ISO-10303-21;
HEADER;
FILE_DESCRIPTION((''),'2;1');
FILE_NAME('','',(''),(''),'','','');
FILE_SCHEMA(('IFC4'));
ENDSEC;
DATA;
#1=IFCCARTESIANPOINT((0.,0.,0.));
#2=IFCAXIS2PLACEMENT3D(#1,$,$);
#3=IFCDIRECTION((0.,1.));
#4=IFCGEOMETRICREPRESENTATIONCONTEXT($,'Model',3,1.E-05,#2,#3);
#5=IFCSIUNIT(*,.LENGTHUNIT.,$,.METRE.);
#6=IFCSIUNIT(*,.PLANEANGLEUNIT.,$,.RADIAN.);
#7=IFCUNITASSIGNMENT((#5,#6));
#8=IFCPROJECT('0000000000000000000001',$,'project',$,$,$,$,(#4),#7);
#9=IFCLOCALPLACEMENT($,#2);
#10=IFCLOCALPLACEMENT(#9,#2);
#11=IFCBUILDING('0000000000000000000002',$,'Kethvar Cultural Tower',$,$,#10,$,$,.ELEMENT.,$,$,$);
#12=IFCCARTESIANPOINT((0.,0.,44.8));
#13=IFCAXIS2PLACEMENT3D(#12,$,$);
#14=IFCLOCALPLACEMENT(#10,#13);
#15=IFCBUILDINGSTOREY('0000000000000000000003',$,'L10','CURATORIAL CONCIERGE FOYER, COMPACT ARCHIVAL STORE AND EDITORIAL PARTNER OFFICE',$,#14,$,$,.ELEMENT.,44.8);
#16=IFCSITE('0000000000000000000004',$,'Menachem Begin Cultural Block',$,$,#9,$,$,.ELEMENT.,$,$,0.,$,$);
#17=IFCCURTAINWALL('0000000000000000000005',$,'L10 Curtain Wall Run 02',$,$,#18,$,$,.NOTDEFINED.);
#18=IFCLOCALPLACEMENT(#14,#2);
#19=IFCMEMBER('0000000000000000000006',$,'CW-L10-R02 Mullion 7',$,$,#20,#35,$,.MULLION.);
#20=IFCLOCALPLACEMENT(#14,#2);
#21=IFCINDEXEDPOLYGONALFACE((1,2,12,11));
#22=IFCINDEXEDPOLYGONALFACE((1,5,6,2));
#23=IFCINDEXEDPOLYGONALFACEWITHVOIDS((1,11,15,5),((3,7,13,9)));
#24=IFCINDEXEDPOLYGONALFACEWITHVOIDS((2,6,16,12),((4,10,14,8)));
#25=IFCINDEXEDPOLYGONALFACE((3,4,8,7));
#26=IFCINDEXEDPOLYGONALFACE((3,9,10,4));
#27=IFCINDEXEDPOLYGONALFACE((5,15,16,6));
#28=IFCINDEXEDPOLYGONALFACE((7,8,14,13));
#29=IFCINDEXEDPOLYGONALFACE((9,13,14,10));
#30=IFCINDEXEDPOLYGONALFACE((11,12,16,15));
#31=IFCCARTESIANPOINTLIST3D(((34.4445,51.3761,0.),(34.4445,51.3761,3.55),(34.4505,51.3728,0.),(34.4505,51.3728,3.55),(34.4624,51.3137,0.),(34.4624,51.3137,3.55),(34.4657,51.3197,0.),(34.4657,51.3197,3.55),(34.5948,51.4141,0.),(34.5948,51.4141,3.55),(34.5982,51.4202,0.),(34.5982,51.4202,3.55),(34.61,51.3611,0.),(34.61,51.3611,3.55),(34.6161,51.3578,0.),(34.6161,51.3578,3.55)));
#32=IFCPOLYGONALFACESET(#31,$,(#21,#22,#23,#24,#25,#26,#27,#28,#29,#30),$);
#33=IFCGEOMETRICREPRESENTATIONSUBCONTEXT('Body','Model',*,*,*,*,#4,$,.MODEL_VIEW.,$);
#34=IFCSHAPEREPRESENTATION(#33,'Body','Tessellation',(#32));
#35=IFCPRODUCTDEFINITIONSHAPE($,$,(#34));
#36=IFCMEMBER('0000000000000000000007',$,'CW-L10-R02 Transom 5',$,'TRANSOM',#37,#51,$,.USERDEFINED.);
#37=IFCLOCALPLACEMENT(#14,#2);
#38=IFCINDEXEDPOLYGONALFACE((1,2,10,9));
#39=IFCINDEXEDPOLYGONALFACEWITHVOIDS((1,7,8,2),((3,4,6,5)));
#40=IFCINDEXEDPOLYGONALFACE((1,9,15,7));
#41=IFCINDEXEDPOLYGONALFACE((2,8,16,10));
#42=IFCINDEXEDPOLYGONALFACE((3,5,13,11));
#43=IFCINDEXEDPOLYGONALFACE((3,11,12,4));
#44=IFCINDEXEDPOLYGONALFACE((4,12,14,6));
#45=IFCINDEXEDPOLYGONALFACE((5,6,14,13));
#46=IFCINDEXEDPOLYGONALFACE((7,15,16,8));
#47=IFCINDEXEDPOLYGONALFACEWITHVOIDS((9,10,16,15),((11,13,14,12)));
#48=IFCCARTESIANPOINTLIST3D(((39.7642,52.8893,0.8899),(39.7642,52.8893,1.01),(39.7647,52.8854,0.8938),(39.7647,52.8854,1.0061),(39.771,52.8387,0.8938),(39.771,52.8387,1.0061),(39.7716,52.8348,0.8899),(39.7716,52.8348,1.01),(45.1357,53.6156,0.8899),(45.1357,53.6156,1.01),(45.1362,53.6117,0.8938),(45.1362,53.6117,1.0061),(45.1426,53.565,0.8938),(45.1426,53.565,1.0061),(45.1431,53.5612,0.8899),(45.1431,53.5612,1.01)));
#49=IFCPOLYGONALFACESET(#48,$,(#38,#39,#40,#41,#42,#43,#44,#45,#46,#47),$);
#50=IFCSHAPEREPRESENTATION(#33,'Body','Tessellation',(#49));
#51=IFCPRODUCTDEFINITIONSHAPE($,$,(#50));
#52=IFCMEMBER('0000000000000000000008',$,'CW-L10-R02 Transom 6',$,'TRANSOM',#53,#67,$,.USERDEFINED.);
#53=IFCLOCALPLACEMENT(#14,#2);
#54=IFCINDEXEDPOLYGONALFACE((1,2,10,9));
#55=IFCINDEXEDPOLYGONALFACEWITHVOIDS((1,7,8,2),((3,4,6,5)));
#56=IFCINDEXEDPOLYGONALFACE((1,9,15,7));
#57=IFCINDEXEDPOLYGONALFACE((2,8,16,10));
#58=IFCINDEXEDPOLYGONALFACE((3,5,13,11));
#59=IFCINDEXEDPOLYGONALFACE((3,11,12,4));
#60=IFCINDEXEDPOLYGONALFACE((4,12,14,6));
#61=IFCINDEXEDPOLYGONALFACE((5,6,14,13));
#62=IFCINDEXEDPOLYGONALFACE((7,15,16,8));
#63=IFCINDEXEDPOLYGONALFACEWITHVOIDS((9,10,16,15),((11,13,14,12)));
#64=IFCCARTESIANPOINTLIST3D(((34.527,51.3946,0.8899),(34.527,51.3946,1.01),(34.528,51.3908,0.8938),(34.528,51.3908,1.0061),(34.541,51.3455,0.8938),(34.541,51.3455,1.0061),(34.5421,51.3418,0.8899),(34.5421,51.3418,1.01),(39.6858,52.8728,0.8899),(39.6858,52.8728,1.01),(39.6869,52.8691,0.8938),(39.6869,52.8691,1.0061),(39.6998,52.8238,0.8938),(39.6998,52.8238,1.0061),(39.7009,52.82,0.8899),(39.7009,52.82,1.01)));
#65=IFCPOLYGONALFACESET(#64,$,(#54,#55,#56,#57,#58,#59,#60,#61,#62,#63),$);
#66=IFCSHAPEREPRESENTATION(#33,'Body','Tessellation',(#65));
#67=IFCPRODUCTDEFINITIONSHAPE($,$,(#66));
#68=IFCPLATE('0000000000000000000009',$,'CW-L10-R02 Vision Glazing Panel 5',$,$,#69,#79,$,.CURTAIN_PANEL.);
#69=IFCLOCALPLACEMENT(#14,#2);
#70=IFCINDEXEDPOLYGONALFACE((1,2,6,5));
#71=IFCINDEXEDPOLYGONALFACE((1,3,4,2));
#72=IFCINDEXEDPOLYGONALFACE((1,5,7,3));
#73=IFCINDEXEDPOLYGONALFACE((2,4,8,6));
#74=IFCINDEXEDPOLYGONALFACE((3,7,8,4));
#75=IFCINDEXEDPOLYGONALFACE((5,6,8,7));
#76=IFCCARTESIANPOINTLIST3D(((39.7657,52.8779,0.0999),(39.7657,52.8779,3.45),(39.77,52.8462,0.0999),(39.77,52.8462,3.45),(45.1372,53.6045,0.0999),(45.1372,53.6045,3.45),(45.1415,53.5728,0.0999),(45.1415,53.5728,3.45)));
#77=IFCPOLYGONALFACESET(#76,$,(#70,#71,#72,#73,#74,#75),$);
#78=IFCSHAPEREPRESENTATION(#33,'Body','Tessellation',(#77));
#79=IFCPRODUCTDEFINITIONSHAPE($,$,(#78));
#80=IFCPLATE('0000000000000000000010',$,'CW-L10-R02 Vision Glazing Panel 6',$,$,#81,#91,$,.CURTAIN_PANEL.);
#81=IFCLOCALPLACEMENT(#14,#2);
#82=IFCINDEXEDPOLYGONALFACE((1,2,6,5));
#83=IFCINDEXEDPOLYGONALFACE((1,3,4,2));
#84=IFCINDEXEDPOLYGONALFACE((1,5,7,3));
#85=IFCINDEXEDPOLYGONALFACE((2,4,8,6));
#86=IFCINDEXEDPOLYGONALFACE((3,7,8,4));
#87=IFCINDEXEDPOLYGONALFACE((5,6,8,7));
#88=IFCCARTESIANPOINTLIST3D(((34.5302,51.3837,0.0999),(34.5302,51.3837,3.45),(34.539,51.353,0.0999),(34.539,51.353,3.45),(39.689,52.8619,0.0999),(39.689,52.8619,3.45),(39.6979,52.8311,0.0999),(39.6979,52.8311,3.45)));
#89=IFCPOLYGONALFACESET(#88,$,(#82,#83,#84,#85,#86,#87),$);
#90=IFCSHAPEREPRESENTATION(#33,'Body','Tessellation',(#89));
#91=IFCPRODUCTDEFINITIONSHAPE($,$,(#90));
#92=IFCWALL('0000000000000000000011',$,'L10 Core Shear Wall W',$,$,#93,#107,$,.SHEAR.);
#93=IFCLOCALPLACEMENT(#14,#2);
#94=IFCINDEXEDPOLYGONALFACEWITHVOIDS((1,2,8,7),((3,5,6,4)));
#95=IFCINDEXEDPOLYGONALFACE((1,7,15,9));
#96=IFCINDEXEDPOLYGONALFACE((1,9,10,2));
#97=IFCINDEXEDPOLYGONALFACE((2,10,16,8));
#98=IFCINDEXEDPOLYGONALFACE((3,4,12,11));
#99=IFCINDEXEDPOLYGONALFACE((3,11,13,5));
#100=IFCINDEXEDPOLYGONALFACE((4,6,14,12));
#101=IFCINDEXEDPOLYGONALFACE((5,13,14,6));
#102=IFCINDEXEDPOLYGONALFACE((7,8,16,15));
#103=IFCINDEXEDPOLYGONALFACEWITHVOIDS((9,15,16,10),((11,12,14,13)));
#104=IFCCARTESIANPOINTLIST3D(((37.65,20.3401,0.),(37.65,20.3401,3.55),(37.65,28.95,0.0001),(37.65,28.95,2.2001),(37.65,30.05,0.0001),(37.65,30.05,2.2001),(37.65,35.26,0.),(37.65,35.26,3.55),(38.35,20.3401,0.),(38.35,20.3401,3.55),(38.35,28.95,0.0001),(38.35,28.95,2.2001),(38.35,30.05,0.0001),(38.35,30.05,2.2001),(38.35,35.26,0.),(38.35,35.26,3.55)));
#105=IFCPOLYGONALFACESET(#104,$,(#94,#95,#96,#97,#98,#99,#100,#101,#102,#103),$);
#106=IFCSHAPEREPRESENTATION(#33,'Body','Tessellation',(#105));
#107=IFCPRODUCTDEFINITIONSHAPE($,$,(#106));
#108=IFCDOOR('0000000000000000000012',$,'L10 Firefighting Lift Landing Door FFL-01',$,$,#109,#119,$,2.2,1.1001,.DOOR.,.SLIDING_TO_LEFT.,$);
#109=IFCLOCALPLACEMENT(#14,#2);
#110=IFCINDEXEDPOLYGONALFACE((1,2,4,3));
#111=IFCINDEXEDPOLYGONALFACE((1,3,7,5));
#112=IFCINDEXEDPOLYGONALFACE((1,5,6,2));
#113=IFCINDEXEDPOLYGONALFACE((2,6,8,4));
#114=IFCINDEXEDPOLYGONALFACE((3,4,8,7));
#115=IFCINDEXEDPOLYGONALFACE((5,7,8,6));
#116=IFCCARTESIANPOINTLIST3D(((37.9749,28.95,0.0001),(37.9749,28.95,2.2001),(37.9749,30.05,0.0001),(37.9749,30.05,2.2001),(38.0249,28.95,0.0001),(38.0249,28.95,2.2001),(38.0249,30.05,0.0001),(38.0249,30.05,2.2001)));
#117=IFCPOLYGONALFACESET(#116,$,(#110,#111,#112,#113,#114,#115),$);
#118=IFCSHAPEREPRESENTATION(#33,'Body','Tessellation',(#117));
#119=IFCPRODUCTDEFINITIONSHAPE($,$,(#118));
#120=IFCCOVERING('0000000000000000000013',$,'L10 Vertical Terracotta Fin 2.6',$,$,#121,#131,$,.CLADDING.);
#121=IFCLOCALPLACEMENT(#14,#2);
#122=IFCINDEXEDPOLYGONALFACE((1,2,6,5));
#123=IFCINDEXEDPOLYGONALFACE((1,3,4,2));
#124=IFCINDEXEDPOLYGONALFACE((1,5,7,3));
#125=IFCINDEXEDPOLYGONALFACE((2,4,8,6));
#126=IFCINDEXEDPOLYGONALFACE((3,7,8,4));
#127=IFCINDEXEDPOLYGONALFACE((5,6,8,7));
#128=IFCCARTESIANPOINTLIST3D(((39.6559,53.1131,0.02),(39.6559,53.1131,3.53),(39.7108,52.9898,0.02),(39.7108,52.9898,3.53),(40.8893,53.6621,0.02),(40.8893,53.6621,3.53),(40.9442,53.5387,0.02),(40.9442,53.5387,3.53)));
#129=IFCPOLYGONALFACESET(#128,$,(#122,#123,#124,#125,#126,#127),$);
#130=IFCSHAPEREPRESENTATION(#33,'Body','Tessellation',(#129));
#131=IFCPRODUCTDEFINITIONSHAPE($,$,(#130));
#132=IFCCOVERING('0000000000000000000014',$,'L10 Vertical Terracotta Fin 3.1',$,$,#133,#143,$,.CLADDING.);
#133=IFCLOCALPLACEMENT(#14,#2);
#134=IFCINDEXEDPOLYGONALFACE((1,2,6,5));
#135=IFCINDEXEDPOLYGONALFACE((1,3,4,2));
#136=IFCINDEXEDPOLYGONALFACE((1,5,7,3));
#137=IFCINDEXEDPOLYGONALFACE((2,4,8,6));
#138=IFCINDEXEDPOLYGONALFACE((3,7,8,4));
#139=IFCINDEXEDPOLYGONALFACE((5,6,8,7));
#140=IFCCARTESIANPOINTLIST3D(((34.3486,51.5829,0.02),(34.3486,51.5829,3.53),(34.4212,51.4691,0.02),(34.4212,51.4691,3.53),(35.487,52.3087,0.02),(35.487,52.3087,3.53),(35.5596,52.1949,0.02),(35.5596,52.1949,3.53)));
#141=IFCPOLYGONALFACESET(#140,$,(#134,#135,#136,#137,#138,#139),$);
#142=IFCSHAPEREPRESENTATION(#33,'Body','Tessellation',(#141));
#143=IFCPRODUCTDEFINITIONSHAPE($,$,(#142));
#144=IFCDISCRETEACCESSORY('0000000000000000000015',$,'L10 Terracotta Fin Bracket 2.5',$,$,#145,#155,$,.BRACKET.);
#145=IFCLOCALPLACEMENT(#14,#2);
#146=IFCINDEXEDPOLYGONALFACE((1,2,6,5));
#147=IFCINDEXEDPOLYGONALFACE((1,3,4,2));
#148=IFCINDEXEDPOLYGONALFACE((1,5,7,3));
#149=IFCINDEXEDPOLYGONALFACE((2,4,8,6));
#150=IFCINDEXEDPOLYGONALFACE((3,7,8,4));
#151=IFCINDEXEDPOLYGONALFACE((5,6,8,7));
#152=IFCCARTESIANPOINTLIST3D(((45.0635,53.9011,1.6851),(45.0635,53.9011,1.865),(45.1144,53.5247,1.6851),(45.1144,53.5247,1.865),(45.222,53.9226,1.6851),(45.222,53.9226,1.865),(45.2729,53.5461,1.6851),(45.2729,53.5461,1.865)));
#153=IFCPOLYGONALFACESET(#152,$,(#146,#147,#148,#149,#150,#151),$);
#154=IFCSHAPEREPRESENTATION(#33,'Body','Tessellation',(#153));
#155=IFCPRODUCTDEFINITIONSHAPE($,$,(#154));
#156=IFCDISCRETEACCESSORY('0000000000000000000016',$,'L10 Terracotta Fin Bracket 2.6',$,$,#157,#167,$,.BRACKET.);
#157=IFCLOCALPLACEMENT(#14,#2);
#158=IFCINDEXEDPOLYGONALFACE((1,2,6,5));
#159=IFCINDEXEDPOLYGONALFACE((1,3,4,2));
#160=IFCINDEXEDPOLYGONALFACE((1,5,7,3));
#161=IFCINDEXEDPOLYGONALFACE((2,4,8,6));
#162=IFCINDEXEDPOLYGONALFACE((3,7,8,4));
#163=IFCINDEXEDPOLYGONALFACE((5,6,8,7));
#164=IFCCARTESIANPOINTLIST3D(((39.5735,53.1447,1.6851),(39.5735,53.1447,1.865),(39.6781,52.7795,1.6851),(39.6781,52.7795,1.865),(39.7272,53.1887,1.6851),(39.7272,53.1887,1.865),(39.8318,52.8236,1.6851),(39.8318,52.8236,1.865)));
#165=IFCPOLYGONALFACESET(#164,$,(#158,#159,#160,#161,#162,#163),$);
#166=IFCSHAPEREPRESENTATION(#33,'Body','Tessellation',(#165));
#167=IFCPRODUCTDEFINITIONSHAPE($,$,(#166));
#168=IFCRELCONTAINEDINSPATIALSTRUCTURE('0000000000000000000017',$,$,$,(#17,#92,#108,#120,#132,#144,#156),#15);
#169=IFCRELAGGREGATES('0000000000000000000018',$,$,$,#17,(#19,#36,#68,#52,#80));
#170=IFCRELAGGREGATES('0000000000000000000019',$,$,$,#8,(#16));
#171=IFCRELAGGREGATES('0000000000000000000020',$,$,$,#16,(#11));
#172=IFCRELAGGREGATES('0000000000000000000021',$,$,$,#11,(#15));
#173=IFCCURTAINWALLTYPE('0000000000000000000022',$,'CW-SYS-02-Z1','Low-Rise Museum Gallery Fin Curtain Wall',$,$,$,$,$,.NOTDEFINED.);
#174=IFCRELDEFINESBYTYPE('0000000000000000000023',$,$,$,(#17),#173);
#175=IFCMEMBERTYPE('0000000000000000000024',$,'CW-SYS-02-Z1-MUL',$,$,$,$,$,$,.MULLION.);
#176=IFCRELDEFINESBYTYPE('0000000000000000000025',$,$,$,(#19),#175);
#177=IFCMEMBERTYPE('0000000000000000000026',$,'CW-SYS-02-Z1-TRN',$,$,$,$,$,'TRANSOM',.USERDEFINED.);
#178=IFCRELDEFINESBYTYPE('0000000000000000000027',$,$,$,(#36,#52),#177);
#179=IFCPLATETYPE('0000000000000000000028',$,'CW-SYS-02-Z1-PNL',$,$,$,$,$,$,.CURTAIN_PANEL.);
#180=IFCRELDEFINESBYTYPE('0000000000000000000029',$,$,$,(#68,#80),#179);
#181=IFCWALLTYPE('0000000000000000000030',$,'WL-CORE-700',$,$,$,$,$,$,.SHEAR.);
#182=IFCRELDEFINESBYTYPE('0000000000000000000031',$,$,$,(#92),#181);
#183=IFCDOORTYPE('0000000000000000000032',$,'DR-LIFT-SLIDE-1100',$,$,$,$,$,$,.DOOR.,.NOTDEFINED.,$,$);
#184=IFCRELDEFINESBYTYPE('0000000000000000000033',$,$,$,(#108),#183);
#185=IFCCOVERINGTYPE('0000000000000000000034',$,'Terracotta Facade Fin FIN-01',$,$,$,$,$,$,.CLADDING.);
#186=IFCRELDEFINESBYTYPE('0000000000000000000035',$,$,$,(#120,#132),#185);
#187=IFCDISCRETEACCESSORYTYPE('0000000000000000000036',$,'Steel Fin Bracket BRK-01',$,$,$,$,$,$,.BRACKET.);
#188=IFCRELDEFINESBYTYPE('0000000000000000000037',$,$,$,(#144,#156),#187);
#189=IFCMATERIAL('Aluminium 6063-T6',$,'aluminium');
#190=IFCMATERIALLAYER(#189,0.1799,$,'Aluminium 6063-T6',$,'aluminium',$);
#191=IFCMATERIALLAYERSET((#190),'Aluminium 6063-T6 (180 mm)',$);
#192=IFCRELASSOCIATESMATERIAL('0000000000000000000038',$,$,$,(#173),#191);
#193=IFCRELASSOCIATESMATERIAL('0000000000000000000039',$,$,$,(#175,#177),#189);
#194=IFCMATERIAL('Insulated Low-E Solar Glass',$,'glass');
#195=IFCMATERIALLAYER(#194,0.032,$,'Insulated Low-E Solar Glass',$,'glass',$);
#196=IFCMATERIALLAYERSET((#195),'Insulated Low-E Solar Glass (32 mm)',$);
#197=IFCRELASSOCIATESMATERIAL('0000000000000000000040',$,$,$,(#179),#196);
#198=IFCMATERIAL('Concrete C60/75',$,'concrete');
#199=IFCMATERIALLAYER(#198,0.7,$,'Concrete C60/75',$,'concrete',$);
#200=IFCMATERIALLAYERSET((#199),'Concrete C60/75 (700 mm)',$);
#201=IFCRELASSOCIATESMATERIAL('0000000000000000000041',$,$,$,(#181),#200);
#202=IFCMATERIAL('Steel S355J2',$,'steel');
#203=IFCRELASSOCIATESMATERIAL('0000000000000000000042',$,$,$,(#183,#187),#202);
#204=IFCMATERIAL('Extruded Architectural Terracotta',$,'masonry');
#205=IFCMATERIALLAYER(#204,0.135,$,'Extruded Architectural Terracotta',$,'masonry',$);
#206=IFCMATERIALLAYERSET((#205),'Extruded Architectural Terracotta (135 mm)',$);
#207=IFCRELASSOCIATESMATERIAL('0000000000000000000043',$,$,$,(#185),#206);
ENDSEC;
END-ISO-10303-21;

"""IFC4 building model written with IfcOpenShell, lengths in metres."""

from ifc_helpers import new_model, si_unit, direction, frame, frame_2d, origin, origin_2d, place, context, subcontext, project, spatial, rectangle, hollow_rectangle, extrude, source, transform, mapped, material, layer, layer_set, material_profile, profile_set, type_object, element, fill, aggregate, save


model = new_model("IFC4")

# Units and contexts
model_context = context("Model", 3, precision=1e-05, world=origin(), true_north=direction((0.0, 1.0)))
body_context = subcontext(model_context, "Body", "Model", "MODEL_VIEW")
ifc_project = project(units=[si_unit("LENGTHUNIT", "METRE"), si_unit("PLANEANGLEUNIT", "RADIAN")], contexts=[model_context])

# Site, building, storey
site_placement = place(None, origin())
site = spatial("IfcSite", under=ifc_project, at=site_placement, Name="Menachem Begin Cultural Block", CompositionType="ELEMENT", RefElevation=0.0)
building_placement = place(site_placement, origin())
building = spatial("IfcBuilding", under=site, at=building_placement, Name="Kethvar Cultural Tower", CompositionType="ELEMENT")
storey_placement = place(building_placement, frame((0.0, 0.0, 44.8)))
storey = spatial("IfcBuildingStorey", under=building, at=storey_placement, Name="L10", Description="CURATORIAL CONCIERGE FOYER, COMPACT ARCHIVAL STORE AND EDITORIAL PARTNER OFFICE", CompositionType="ELEMENT", Elevation=44.8)

# Shared definitions
ifc_material_1 = material(Name="Steel S355J2", Category="steel")

# Curtain wall, members, plates
ifc_material_2 = material(Name="Aluminium 6063-T6", Category="aluminium")
ifc_layer_1 = layer(ifc_material_2, 0.1799, Name="Aluminium 6063-T6", Category="aluminium")
ifc_layer_set_1 = layer_set([ifc_layer_1], Name="Aluminium 6063-T6 (180 mm)")
curtain_wall_type = type_object("IfcCurtainWallType", Name="CW-SYS-02-Z1", Description="Low-Rise Museum Gallery Fin Curtain Wall", PredefinedType="NOTDEFINED", material=ifc_layer_set_1)
curtain_wall_placement = place(storey_placement, origin())
curtain_wall = element("IfcCurtainWall", 1, at=curtain_wall_placement, inside=storey, type_object=curtain_wall_type, Name="L10 Curtain Wall Run 02", PredefinedType="NOTDEFINED")
ifc_material_profile_1 = material_profile(ifc_material_2, hollow_rectangle(XDim=0.0649, YDim=0.1599, WallThickness=0.0049, at=origin_2d()), Name="Aluminium 6063-T6 — RHS160x65x5")
ifc_profile_set_1 = profile_set([ifc_material_profile_1], Name="Aluminium 6063-T6 — RHS160x65x5")
member_type_1 = type_object("IfcMemberType", Name="CW-SYS-02-Z1-MUL", PredefinedType="MULLION", material=ifc_profile_set_1)
shared_shape_1 = source(origin(), body_context, "Body", "SweptSolid", [
    extrude(hollow_rectangle(XDim=0.0649, YDim=0.1599, WallThickness=0.0049, at=origin_2d()), origin(), (0.0, 0.0, 1.0), 3.55),
])
member_1_placement = place(storey_placement, frame((34.5303, 51.3669, 0.0), z_axis=(0.0, 0.0, 1.0), x_axis=(0.275436, -0.961319, 0.0)))
member_1 = element("IfcMember", 2, at=member_1_placement, type_object=member_type_1, Name="CW-L10-R02 Mullion 7", PredefinedType="MULLION", context=body_context, shape_type="MappedRepresentation", body=[
    mapped(shared_shape_1, transform((0.0, 0.0, 0.0), scale=1.0)),
])
ifc_material_profile_2 = material_profile(ifc_material_2, hollow_rectangle(XDim=0.0549, YDim=0.1201, WallThickness=0.0039, at=origin_2d()), Name="Aluminium 6063-T6 — RHS120x55x4")
ifc_profile_set_2 = profile_set([ifc_material_profile_2], Name="Aluminium 6063-T6 — RHS120x55x4")
member_type_2 = type_object("IfcMemberType", Name="CW-SYS-02-Z1-TRN", ElementType="TRANSOM", PredefinedType="USERDEFINED", material=ifc_profile_set_2)
shared_shape_2 = source(origin(), body_context, "Body", "SweptSolid", [
    extrude(hollow_rectangle(XDim=0.0549, YDim=0.1201, WallThickness=0.0039, at=origin_2d()), origin(), (0.0, 0.0, 1.0), 5.4204),
])
member_2_placement = place(storey_placement, frame((45.1394, 53.5884, 0.95), z_axis=(-0.990982, -0.133996, 0.0), x_axis=(0.133996, -0.990982, 0.0)))
member_2 = element("IfcMember", 3, at=member_2_placement, type_object=member_type_2, Name="CW-L10-R02 Transom 5", ObjectType="TRANSOM", PredefinedType="USERDEFINED", context=body_context, shape_type="MappedRepresentation", body=[
    mapped(shared_shape_2, transform((0.0, 0.0, 0.0), scale=1.0)),
])
shared_shape_3 = source(origin(), body_context, "Body", "SweptSolid", [
    extrude(hollow_rectangle(XDim=0.0549, YDim=0.1201, WallThickness=0.0039, at=origin_2d()), origin(), (0.0, 0.0, 1.0), 5.3665),
])
member_3_placement = place(storey_placement, frame((39.6934, 52.8464, 0.95), z_axis=(-0.961313, -0.27546, 0.0), x_axis=(0.27546, -0.961313, 0.0)))
member_3 = element("IfcMember", 4, at=member_3_placement, type_object=member_type_2, Name="CW-L10-R02 Transom 6", ObjectType="TRANSOM", PredefinedType="USERDEFINED", context=body_context, shape_type="MappedRepresentation", body=[
    mapped(shared_shape_3, transform((0.0, 0.0, 0.0), scale=1.0)),
])
ifc_material_3 = material(Name="Insulated Low-E Solar Glass", Category="glass")
ifc_layer_2 = layer(ifc_material_3, 0.032, Name="Insulated Low-E Solar Glass", Category="glass")
ifc_layer_set_2 = layer_set([ifc_layer_2], Name="Insulated Low-E Solar Glass (32 mm)")
plate_type = type_object("IfcPlateType", Name="CW-SYS-02-Z1-PNL", PredefinedType="CURTAIN_PANEL", material=ifc_layer_set_2)
shared_shape_4 = source(origin(), body_context, "Body", "SweptSolid", [
    extrude(rectangle(XDim=5.4204, YDim=0.032, at=origin_2d()), origin(), (0.0, 0.0, 1.0), 3.3501),
])
plate_1_placement = place(storey_placement, frame((42.4536, 53.2253, 0.0999), z_axis=(0.0, 0.0, 1.0), x_axis=(-0.990976, -0.134038, 0.0)))
plate_1 = element("IfcPlate", 5, at=plate_1_placement, type_object=plate_type, Name="CW-L10-R02 Vision Glazing Panel 5", PredefinedType="CURTAIN_PANEL", context=body_context, shape_type="MappedRepresentation", body=[
    mapped(shared_shape_4, transform((0.0, 0.0, 0.0), scale=1.0)),
])
shared_shape_5 = source(origin(), body_context, "Body", "SweptSolid", [
    extrude(rectangle(XDim=5.3665, YDim=0.032, at=origin_2d()), origin(), (0.0, 0.0, 1.0), 3.3501),
])
plate_2_placement = place(storey_placement, frame((37.114, 52.1074, 0.0999), z_axis=(0.0, 0.0, 1.0), x_axis=(-0.961319, -0.275436, 0.0)))
plate_2 = element("IfcPlate", 6, at=plate_2_placement, type_object=plate_type, Name="CW-L10-R02 Vision Glazing Panel 6", PredefinedType="CURTAIN_PANEL", context=body_context, shape_type="MappedRepresentation", body=[
    mapped(shared_shape_5, transform((0.0, 0.0, 0.0), scale=1.0)),
])
aggregate(curtain_wall, [member_1, member_2, plate_1, member_3, plate_2])

# Wall, opening, door
ifc_material_4 = material(Name="Concrete C60/75", Category="concrete")
ifc_layer_3 = layer(ifc_material_4, 0.7, Name="Concrete C60/75", Category="concrete")
ifc_layer_set_3 = layer_set([ifc_layer_3], Name="Concrete C60/75 (700 mm)")
wall_type = type_object("IfcWallType", Name="WL-CORE-700", PredefinedType="SHEAR", material=ifc_layer_set_3)
wall_placement = place(storey_placement, frame((38.0, 35.26, 0.0), z_axis=(0.0, 0.0, 1.0), x_axis=(0.0, -1.0, 0.0)))
wall = element("IfcWall", 7, at=wall_placement, inside=storey, type_object=wall_type, Name="L10 Core Shear Wall W", PredefinedType="SHEAR", context=body_context, shape_type="SweptSolid", body=[
    extrude(rectangle(XDim=14.9199, YDim=0.7, at=frame_2d((7.46, 0.0))), origin(), (0.0, 0.0, 1.0), 3.55),
])
opening_placement = place(wall_placement, frame((5.21, 0.0, 0.0)))
opening = element("IfcOpeningElement", 8, at=opening_placement, cuts=wall, PredefinedType="OPENING", context=body_context, shape_type="SweptSolid", body=[
    extrude(rectangle(XDim=1.1001, YDim=2.2, at=frame_2d((0.55, 1.1001))), frame((0.0, 0.3599, 0.0), z_axis=(0.0, -1.0, 0.0), x_axis=(1.0, 0.0, 0.0)), (0.0, 0.0, 1.0), 0.72),
])
door_type = type_object("IfcDoorType", Name="DR-LIFT-SLIDE-1100", OperationType="NOTDEFINED", PredefinedType="DOOR", material=ifc_material_1)
shared_shape_6 = source(origin(), body_context, "Body", "SweptSolid", [
    extrude(rectangle(XDim=1.1001, YDim=2.2, at=frame_2d((0.55, 1.1001))), frame((0.0, 0.0249, 0.0), z_axis=(0.0, -1.0, 0.0), x_axis=(1.0, 0.0, 0.0)), (0.0, 0.0, 1.0), 0.05),
])
door_placement = place(opening_placement, origin())
door = element("IfcDoor", 9, at=door_placement, inside=storey, type_object=door_type, Name="L10 Firefighting Lift Landing Door FFL-01", OperationType="SLIDING_TO_LEFT", OverallHeight=2.2, OverallWidth=1.1001, PredefinedType="DOOR", context=body_context, shape_type="MappedRepresentation", body=[
    mapped(shared_shape_6, transform((0.0, 0.0, 0.0), scale=1.0)),
])
fill(opening, door)

# Coverings
ifc_material_5 = material(Name="Extruded Architectural Terracotta", Category="masonry")
ifc_layer_4 = layer(ifc_material_5, 0.135, Name="Extruded Architectural Terracotta", Category="masonry")
ifc_layer_set_4 = layer_set([ifc_layer_4], Name="Extruded Architectural Terracotta (135 mm)")
covering_type = type_object("IfcCoveringType", Name="Terracotta Facade Fin FIN-01", PredefinedType="CLADDING", material=ifc_layer_set_4)
shared_shape_7 = source(origin(), body_context, "Body", "SweptSolid", [
    extrude(rectangle(XDim=1.3501, YDim=0.135, at=origin_2d()), origin(), (0.0, 0.0, 1.0), 3.51),
])
for number, where, z_axis, x_axis, name in (
    (10, (40.3, 53.3259, 0.02), (0.0, 0.0, 1.0), (0.913616, 0.406577, 0.0), "L10 Vertical Terracotta Fin 2.6"),
    (11, (34.9541, 51.8889, 0.02), (0.0, 0.0, 1.0), (0.843204, 0.537594, 0.0), "L10 Vertical Terracotta Fin 3.1"),
):
    element("IfcCovering", number, at=place(storey_placement, frame(where, z_axis=z_axis, x_axis=x_axis)), inside=storey, type_object=covering_type, Name=name, PredefinedType="CLADDING", context=body_context, shape_type="MappedRepresentation", body=[
        mapped(shared_shape_7, transform((0.0, 0.0, 0.0), scale=1.0)),
    ])

# Discrete accessories
discrete_accessory_type = type_object("IfcDiscreteAccessoryType", Name="Steel Fin Bracket BRK-01", PredefinedType="BRACKET", material=ifc_material_1)
shared_shape_8 = source(origin(), body_context, "Body", "SweptSolid", [
    extrude(rectangle(XDim=0.3799, YDim=0.1599, at=origin_2d()), origin(), (0.0, 0.0, 1.0), 0.1799),
])
for number, where, z_axis, x_axis, name in (
    (12, (45.1682, 53.7236, 1.6851), (0.0, 0.0, 1.0), (-0.133986, 0.990983, 0.0), "L10 Terracotta Fin Bracket 2.5"),
    (13, (39.7026, 52.9841, 1.6851), (0.0, 0.0, 1.0), (-0.27547, 0.96131, 0.0), "L10 Terracotta Fin Bracket 2.6"),
):
    element("IfcDiscreteAccessory", number, at=place(storey_placement, frame(where, z_axis=z_axis, x_axis=x_axis)), inside=storey, type_object=discrete_accessory_type, Name=name, PredefinedType="BRACKET", context=body_context, shape_type="MappedRepresentation", body=[
        mapped(shared_shape_8, transform((0.0, 0.0, 0.0), scale=1.0)),
    ])

save(model, "model.ifc")
